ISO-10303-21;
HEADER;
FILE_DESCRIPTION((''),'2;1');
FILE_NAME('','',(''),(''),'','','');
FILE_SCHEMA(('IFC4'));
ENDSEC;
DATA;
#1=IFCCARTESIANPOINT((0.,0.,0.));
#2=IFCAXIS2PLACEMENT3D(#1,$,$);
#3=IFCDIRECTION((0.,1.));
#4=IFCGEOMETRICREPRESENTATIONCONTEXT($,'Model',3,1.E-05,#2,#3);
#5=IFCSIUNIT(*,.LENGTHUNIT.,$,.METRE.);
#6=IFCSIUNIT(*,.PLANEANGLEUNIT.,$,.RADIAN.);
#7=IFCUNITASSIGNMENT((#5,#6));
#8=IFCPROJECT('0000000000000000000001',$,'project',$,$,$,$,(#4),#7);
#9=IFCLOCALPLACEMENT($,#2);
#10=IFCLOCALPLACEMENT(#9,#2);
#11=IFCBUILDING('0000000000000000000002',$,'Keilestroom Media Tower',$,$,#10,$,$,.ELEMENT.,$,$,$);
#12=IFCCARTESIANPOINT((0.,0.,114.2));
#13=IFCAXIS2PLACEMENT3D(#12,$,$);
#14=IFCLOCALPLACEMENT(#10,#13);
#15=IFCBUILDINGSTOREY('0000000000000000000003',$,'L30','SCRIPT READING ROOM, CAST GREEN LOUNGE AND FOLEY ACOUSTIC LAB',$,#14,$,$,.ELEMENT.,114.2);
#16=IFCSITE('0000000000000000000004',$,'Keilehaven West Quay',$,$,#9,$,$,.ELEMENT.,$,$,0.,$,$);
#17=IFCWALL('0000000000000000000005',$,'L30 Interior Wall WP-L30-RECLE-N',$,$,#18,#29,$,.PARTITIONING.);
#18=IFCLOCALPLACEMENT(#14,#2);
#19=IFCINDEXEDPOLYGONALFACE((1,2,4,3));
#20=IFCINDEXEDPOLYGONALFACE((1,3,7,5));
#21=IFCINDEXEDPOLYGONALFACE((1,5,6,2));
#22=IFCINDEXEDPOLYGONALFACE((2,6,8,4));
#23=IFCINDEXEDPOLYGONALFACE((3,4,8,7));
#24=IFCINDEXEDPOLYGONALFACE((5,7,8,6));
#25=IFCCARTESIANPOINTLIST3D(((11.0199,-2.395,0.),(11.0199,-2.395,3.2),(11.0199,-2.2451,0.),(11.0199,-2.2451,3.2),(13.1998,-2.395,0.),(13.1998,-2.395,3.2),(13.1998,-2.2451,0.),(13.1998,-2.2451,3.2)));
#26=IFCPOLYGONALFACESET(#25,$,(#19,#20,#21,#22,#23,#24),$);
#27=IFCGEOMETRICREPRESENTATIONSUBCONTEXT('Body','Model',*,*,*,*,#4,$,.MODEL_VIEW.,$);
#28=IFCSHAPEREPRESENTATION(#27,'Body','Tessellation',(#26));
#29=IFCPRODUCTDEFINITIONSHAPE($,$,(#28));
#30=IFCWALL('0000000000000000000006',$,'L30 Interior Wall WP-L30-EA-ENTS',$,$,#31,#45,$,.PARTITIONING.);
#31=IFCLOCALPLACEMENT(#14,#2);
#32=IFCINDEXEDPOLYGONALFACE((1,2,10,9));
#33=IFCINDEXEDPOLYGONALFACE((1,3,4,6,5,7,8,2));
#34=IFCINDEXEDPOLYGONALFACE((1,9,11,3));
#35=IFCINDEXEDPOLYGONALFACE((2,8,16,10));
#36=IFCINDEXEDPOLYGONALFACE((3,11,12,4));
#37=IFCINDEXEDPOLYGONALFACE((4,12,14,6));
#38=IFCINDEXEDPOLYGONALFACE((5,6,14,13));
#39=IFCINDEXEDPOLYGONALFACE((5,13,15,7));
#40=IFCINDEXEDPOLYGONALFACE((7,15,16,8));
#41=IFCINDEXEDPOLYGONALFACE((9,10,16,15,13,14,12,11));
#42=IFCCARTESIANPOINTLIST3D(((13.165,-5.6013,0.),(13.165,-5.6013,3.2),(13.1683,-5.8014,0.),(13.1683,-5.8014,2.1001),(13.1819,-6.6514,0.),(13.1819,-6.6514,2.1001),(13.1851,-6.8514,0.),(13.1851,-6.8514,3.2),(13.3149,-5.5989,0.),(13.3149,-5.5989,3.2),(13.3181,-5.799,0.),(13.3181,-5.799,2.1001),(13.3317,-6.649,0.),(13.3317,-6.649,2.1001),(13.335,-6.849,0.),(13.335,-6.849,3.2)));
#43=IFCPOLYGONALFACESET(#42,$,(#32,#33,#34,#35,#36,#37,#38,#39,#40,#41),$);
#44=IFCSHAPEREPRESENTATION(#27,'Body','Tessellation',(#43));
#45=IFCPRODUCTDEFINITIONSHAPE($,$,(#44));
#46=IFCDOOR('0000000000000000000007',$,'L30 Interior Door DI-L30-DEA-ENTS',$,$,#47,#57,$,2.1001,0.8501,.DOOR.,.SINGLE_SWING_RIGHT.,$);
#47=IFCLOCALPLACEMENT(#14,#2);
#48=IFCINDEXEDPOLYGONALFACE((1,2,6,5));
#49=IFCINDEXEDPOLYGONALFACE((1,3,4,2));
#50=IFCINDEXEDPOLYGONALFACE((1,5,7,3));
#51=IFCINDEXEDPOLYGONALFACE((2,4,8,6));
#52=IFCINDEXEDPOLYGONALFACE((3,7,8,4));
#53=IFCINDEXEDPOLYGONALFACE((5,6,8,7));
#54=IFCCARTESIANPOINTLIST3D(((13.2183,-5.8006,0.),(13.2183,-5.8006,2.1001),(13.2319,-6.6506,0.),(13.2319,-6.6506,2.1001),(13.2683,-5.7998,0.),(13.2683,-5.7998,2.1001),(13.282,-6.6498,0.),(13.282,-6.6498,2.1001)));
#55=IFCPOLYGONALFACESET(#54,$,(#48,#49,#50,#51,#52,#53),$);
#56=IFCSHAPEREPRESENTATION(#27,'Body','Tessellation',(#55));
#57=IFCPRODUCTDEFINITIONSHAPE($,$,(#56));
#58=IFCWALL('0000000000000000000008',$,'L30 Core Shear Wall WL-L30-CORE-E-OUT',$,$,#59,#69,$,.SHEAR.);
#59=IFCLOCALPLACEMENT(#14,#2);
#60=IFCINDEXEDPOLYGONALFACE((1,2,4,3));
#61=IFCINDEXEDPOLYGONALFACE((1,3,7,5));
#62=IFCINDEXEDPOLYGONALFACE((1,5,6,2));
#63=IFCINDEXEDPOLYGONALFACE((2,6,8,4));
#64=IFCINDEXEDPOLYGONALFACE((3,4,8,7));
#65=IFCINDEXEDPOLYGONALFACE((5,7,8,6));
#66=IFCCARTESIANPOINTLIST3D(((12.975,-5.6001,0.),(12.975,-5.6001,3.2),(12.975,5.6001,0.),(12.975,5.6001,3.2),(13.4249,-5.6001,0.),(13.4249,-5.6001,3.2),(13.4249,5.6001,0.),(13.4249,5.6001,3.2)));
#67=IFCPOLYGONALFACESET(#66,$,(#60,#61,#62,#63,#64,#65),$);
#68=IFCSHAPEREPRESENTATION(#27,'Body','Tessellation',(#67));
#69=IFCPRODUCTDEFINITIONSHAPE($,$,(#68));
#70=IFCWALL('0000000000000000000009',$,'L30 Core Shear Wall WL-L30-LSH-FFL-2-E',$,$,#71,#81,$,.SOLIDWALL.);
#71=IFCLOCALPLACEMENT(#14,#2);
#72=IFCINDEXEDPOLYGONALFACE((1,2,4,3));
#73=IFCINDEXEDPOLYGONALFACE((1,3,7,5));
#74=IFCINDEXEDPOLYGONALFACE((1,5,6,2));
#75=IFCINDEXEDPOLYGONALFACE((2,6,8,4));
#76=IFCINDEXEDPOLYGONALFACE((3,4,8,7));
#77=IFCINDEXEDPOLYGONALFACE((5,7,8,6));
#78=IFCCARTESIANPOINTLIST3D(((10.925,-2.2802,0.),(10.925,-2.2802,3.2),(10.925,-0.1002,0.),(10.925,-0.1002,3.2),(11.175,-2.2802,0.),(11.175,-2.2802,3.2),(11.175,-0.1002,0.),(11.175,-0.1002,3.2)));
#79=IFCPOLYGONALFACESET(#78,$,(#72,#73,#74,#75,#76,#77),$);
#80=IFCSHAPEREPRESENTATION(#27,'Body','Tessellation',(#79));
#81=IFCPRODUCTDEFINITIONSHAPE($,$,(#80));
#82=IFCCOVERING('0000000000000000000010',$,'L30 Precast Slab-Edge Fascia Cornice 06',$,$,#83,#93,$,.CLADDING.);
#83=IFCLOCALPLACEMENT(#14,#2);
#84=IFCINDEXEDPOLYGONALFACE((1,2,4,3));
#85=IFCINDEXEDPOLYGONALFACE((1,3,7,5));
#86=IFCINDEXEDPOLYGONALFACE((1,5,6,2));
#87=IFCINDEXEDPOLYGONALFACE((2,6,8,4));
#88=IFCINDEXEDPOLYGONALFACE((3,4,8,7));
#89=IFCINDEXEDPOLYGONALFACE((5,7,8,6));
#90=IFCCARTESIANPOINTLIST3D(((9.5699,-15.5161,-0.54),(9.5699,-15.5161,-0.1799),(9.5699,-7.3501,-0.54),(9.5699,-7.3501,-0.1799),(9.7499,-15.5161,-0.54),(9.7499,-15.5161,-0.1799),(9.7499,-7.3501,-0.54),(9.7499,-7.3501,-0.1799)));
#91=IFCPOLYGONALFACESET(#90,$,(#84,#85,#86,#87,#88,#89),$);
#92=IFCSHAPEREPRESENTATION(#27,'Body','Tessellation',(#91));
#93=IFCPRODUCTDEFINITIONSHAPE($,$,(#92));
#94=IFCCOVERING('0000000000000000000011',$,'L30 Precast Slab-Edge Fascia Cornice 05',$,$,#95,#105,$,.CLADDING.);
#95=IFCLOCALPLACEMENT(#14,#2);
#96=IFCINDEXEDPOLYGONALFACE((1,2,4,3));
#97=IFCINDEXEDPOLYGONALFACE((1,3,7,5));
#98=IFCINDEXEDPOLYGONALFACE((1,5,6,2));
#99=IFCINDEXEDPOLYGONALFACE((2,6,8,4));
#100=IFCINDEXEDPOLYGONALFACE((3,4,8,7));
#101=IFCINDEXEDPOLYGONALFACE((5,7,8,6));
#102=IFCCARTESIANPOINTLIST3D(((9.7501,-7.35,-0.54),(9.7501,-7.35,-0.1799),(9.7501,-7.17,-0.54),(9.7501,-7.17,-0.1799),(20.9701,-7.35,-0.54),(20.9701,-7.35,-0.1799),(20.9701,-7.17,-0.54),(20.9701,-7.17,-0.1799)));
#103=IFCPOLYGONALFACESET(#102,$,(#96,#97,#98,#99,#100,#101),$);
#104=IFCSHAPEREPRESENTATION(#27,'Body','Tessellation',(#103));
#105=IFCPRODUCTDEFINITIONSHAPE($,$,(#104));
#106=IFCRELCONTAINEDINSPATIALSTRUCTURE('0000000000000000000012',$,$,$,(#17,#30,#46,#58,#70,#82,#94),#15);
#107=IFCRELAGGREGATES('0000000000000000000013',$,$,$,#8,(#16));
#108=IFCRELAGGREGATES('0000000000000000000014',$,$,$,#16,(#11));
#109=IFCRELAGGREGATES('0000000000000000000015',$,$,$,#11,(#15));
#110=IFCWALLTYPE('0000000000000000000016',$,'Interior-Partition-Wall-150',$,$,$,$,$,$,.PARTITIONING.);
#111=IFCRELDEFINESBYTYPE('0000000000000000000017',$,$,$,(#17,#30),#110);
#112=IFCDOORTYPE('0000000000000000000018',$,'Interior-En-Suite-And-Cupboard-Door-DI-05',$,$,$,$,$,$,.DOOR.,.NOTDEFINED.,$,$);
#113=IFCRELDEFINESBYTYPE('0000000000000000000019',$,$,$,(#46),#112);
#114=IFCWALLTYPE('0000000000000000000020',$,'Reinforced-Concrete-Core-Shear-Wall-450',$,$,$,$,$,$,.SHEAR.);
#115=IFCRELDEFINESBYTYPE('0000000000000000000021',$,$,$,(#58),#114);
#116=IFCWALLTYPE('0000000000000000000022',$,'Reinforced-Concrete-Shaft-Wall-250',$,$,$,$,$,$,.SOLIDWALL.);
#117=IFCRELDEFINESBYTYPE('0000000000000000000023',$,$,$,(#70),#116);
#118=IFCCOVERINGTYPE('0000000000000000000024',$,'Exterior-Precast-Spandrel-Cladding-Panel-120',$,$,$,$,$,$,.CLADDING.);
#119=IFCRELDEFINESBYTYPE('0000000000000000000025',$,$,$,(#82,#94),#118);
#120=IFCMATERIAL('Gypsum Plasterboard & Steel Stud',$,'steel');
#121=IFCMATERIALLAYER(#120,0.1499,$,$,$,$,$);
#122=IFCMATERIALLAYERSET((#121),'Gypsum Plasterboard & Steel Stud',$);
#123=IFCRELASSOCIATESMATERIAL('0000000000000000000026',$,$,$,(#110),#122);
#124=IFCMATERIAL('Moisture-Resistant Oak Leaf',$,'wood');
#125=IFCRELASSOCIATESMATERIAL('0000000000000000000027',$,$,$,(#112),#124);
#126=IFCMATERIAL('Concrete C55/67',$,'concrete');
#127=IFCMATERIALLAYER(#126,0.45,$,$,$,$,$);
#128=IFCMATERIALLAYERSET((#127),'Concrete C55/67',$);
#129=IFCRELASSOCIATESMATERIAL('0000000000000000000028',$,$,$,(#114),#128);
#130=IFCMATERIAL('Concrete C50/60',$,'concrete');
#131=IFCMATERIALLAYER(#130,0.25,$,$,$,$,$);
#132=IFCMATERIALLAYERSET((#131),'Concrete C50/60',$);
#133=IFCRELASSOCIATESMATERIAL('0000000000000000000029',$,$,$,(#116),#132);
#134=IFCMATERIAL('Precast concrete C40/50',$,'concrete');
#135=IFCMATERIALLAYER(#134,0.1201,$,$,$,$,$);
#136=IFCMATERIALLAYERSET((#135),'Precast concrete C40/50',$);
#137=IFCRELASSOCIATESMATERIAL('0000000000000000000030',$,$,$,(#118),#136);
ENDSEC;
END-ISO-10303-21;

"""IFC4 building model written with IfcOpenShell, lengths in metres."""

from ifc_helpers import new_model, si_unit, direction, frame, frame_2d, origin, origin_2d, place, context, subcontext, project, spatial, rectangle, extrude, source, transform, mapped, material, layer, layer_set, type_object, element, fill, save


model = new_model("IFC4")

# Units and contexts
model_context = context("Model", 3, precision=1e-05, world=origin(), true_north=direction((0.0, 1.0)))
body_context = subcontext(model_context, "Body", "Model", "MODEL_VIEW")
ifc_project = project(units=[si_unit("LENGTHUNIT", "METRE"), si_unit("PLANEANGLEUNIT", "RADIAN")], contexts=[model_context])

# Site, building, storey
site_placement = place(None, origin())
site = spatial("IfcSite", under=ifc_project, at=site_placement, Name="Keilehaven West Quay", CompositionType="ELEMENT", RefElevation=0.0)
building_placement = place(site_placement, origin())
building = spatial("IfcBuilding", under=site, at=building_placement, Name="Keilestroom Media Tower", CompositionType="ELEMENT")
storey_placement = place(building_placement, frame((0.0, 0.0, 114.2)))
storey = spatial("IfcBuildingStorey", under=building, at=storey_placement, Name="L30", Description="SCRIPT READING ROOM, CAST GREEN LOUNGE AND FOLEY ACOUSTIC LAB", CompositionType="ELEMENT", Elevation=114.2)

# Shared definitions
ifc_material_1 = material(Name="Precast concrete C40/50", Category="concrete")
ifc_material_2 = material(Name="Concrete C55/67", Category="concrete")

# Shared definitions
ifc_material_3 = material(Name="Gypsum Plasterboard & Steel Stud", Category="steel")

# Wall
ifc_layer_1 = layer(ifc_material_3, 0.1499)
ifc_layer_set_1 = layer_set([ifc_layer_1], Name="Gypsum Plasterboard & Steel Stud")
wall_type_1 = type_object("IfcWallType", Name="Interior-Partition-Wall-150", PredefinedType="PARTITIONING", material=ifc_layer_set_1)
wall_1_placement = place(storey_placement, frame((11.02, -2.3201, 0.0), z_axis=(0.0, 0.0, 1.0), x_axis=(1.0, 0.0, 0.0)))
element("IfcWall", 1, at=wall_1_placement, inside=storey, type_object=wall_type_1, Name="L30 Interior Wall WP-L30-RECLE-N", PredefinedType="PARTITIONING", context=body_context, shape_type="SweptSolid", body=[
    extrude(rectangle(XDim=2.1799, YDim=0.1499, at=frame_2d((1.0898, 0.0))), origin(), (0.0, 0.0, 1.0), 3.2),
])

# Wall, opening, door
wall_2_placement = place(storey_placement, frame((13.26, -6.8501, 0.0), z_axis=(0.0, 0.0, 1.0), x_axis=(-0.016014, 0.999872, 0.0)))
wall_2 = element("IfcWall", 2, at=wall_2_placement, inside=storey, type_object=wall_type_1, Name="L30 Interior Wall WP-L30-EA-ENTS", PredefinedType="PARTITIONING", context=body_context, shape_type="SweptSolid", body=[
    extrude(rectangle(XDim=1.2502, YDim=0.1499, at=frame_2d((0.625, 0.0))), origin(), (0.0, 0.0, 1.0), 3.2),
])
opening_1_placement = place(wall_2_placement, frame((0.2, 0.0, 0.0)))
opening_1 = element("IfcOpeningElement", 3, at=opening_1_placement, cuts=wall_2, PredefinedType="OPENING", context=body_context, shape_type="SweptSolid", body=[
    extrude(rectangle(XDim=0.8501, YDim=2.1001, at=frame_2d((0.425, 1.05))), frame((0.0, 0.085, 0.0), z_axis=(0.0, -1.0, 0.0), x_axis=(1.0, 0.0, 0.0)), (0.0, 0.0, 1.0), 0.1699),
])
ifc_material_4 = material(Name="Moisture-Resistant Oak Leaf", Category="wood")
door_type_1 = type_object("IfcDoorType", Name="Interior-En-Suite-And-Cupboard-Door-DI-05", OperationType="NOTDEFINED", PredefinedType="DOOR", material=ifc_material_4)
shared_shape_1 = source(origin(), body_context, "Body", "SweptSolid", [
    extrude(rectangle(XDim=0.8501, YDim=2.1001, at=frame_2d((0.425, 1.05))), frame((0.0, 0.0249, 0.0), z_axis=(0.0, -1.0, 0.0), x_axis=(1.0, 0.0, 0.0)), (0.0, 0.0, 1.0), 0.05),
])
door_1_placement = place(opening_1_placement, origin())
door_1 = element("IfcDoor", 4, at=door_1_placement, inside=storey, type_object=door_type_1, Name="L30 Interior Door DI-L30-DEA-ENTS", OperationType="SINGLE_SWING_RIGHT", OverallHeight=2.1001, OverallWidth=0.8501, PredefinedType="DOOR", context=body_context, shape_type="MappedRepresentation", body=[
    mapped(shared_shape_1, transform((0.0, 0.0, 0.0), x_axis=(1.0, 0.0, 0.0), y_axis=(0.0, 1.0, 0.0), z_axis=(0.0, 0.0, 1.0), scale=1.0)),
])
fill(opening_1, door_1)

# Walls
ifc_layer_2 = layer(ifc_material_2, 0.45)
ifc_layer_set_2 = layer_set([ifc_layer_2], Name="Concrete C55/67")
wall_type_2 = type_object("IfcWallType", Name="Reinforced-Concrete-Core-Shear-Wall-450", PredefinedType="SHEAR", material=ifc_layer_set_2)
wall_3_placement = place(storey_placement, frame((13.2, -5.6001, 0.0), z_axis=(0.0, 0.0, 1.0), x_axis=(0.0, 1.0, 0.0)))
element("IfcWall", 5, at=wall_3_placement, inside=storey, type_object=wall_type_2, Name="L30 Core Shear Wall WL-L30-CORE-E-OUT", PredefinedType="SHEAR", context=body_context, shape_type="SweptSolid", body=[
    extrude(rectangle(XDim=11.2002, YDim=0.45, at=frame_2d((5.6001, 0.0))), origin(), (0.0, 0.0, 1.0), 3.2),
])
ifc_material_5 = material(Name="Concrete C50/60", Category="concrete")
ifc_layer_3 = layer(ifc_material_5, 0.25)
ifc_layer_set_3 = layer_set([ifc_layer_3], Name="Concrete C50/60")
wall_type_3 = type_object("IfcWallType", Name="Reinforced-Concrete-Shaft-Wall-250", PredefinedType="SOLIDWALL", material=ifc_layer_set_3)
wall_4_placement = place(storey_placement, frame((11.05, -2.28, 0.0), z_axis=(0.0, 0.0, 1.0), x_axis=(0.0, 1.0, 0.0)))
element("IfcWall", 6, at=wall_4_placement, inside=storey, type_object=wall_type_3, Name="L30 Core Shear Wall WL-L30-LSH-FFL-2-E", PredefinedType="SOLIDWALL", context=body_context, shape_type="SweptSolid", body=[
    extrude(rectangle(XDim=2.1799, YDim=0.25, at=frame_2d((1.0898, 0.0))), origin(), (0.0, 0.0, 1.0), 3.2),
])

# Coverings
ifc_layer_4 = layer(ifc_material_1, 0.1201)
ifc_layer_set_4 = layer_set([ifc_layer_4], Name="Precast concrete C40/50")
covering_type = type_object("IfcCoveringType", Name="Exterior-Precast-Spandrel-Cladding-Panel-120", PredefinedType="CLADDING", material=ifc_layer_set_4)
shared_shape_2 = source(origin(), body_context, "Body", "SweptSolid", [
    extrude(rectangle(XDim=8.166, YDim=0.1799, at=origin_2d()), origin(), (0.0, 0.0, 1.0), 0.3601),
])
covering_1_placement = place(storey_placement, frame((9.6599, -11.4331, -0.54), z_axis=(0.0, 0.0, 1.0), x_axis=(0.0, -1.0, 0.0)))
element("IfcCovering", 7, at=covering_1_placement, inside=storey, type_object=covering_type, Name="L30 Precast Slab-Edge Fascia Cornice 06", PredefinedType="CLADDING", context=body_context, shape_type="MappedRepresentation", body=[
    mapped(shared_shape_2, transform((0.0, 0.0, 0.0), x_axis=(1.0, 0.0, 0.0), y_axis=(0.0, 1.0, 0.0), z_axis=(0.0, 0.0, 1.0), scale=1.0)),
])
shared_shape_3 = source(origin(), body_context, "Body", "SweptSolid", [
    extrude(rectangle(XDim=11.22, YDim=0.1799, at=origin_2d()), origin(), (0.0, 0.0, 1.0), 0.3601),
])
covering_2_placement = place(storey_placement, frame((15.3601, -7.26, -0.54), z_axis=(0.0, 0.0, 1.0), x_axis=(-1.0, 0.0, 0.0)))
element("IfcCovering", 8, at=covering_2_placement, inside=storey, type_object=covering_type, Name="L30 Precast Slab-Edge Fascia Cornice 05", PredefinedType="CLADDING", context=body_context, shape_type="MappedRepresentation", body=[
    mapped(shared_shape_3, transform((0.0, 0.0, 0.0), x_axis=(1.0, 0.0, 0.0), y_axis=(0.0, 1.0, 0.0), z_axis=(0.0, 0.0, 1.0), scale=1.0)),
])

save(model, "model.ifc")
